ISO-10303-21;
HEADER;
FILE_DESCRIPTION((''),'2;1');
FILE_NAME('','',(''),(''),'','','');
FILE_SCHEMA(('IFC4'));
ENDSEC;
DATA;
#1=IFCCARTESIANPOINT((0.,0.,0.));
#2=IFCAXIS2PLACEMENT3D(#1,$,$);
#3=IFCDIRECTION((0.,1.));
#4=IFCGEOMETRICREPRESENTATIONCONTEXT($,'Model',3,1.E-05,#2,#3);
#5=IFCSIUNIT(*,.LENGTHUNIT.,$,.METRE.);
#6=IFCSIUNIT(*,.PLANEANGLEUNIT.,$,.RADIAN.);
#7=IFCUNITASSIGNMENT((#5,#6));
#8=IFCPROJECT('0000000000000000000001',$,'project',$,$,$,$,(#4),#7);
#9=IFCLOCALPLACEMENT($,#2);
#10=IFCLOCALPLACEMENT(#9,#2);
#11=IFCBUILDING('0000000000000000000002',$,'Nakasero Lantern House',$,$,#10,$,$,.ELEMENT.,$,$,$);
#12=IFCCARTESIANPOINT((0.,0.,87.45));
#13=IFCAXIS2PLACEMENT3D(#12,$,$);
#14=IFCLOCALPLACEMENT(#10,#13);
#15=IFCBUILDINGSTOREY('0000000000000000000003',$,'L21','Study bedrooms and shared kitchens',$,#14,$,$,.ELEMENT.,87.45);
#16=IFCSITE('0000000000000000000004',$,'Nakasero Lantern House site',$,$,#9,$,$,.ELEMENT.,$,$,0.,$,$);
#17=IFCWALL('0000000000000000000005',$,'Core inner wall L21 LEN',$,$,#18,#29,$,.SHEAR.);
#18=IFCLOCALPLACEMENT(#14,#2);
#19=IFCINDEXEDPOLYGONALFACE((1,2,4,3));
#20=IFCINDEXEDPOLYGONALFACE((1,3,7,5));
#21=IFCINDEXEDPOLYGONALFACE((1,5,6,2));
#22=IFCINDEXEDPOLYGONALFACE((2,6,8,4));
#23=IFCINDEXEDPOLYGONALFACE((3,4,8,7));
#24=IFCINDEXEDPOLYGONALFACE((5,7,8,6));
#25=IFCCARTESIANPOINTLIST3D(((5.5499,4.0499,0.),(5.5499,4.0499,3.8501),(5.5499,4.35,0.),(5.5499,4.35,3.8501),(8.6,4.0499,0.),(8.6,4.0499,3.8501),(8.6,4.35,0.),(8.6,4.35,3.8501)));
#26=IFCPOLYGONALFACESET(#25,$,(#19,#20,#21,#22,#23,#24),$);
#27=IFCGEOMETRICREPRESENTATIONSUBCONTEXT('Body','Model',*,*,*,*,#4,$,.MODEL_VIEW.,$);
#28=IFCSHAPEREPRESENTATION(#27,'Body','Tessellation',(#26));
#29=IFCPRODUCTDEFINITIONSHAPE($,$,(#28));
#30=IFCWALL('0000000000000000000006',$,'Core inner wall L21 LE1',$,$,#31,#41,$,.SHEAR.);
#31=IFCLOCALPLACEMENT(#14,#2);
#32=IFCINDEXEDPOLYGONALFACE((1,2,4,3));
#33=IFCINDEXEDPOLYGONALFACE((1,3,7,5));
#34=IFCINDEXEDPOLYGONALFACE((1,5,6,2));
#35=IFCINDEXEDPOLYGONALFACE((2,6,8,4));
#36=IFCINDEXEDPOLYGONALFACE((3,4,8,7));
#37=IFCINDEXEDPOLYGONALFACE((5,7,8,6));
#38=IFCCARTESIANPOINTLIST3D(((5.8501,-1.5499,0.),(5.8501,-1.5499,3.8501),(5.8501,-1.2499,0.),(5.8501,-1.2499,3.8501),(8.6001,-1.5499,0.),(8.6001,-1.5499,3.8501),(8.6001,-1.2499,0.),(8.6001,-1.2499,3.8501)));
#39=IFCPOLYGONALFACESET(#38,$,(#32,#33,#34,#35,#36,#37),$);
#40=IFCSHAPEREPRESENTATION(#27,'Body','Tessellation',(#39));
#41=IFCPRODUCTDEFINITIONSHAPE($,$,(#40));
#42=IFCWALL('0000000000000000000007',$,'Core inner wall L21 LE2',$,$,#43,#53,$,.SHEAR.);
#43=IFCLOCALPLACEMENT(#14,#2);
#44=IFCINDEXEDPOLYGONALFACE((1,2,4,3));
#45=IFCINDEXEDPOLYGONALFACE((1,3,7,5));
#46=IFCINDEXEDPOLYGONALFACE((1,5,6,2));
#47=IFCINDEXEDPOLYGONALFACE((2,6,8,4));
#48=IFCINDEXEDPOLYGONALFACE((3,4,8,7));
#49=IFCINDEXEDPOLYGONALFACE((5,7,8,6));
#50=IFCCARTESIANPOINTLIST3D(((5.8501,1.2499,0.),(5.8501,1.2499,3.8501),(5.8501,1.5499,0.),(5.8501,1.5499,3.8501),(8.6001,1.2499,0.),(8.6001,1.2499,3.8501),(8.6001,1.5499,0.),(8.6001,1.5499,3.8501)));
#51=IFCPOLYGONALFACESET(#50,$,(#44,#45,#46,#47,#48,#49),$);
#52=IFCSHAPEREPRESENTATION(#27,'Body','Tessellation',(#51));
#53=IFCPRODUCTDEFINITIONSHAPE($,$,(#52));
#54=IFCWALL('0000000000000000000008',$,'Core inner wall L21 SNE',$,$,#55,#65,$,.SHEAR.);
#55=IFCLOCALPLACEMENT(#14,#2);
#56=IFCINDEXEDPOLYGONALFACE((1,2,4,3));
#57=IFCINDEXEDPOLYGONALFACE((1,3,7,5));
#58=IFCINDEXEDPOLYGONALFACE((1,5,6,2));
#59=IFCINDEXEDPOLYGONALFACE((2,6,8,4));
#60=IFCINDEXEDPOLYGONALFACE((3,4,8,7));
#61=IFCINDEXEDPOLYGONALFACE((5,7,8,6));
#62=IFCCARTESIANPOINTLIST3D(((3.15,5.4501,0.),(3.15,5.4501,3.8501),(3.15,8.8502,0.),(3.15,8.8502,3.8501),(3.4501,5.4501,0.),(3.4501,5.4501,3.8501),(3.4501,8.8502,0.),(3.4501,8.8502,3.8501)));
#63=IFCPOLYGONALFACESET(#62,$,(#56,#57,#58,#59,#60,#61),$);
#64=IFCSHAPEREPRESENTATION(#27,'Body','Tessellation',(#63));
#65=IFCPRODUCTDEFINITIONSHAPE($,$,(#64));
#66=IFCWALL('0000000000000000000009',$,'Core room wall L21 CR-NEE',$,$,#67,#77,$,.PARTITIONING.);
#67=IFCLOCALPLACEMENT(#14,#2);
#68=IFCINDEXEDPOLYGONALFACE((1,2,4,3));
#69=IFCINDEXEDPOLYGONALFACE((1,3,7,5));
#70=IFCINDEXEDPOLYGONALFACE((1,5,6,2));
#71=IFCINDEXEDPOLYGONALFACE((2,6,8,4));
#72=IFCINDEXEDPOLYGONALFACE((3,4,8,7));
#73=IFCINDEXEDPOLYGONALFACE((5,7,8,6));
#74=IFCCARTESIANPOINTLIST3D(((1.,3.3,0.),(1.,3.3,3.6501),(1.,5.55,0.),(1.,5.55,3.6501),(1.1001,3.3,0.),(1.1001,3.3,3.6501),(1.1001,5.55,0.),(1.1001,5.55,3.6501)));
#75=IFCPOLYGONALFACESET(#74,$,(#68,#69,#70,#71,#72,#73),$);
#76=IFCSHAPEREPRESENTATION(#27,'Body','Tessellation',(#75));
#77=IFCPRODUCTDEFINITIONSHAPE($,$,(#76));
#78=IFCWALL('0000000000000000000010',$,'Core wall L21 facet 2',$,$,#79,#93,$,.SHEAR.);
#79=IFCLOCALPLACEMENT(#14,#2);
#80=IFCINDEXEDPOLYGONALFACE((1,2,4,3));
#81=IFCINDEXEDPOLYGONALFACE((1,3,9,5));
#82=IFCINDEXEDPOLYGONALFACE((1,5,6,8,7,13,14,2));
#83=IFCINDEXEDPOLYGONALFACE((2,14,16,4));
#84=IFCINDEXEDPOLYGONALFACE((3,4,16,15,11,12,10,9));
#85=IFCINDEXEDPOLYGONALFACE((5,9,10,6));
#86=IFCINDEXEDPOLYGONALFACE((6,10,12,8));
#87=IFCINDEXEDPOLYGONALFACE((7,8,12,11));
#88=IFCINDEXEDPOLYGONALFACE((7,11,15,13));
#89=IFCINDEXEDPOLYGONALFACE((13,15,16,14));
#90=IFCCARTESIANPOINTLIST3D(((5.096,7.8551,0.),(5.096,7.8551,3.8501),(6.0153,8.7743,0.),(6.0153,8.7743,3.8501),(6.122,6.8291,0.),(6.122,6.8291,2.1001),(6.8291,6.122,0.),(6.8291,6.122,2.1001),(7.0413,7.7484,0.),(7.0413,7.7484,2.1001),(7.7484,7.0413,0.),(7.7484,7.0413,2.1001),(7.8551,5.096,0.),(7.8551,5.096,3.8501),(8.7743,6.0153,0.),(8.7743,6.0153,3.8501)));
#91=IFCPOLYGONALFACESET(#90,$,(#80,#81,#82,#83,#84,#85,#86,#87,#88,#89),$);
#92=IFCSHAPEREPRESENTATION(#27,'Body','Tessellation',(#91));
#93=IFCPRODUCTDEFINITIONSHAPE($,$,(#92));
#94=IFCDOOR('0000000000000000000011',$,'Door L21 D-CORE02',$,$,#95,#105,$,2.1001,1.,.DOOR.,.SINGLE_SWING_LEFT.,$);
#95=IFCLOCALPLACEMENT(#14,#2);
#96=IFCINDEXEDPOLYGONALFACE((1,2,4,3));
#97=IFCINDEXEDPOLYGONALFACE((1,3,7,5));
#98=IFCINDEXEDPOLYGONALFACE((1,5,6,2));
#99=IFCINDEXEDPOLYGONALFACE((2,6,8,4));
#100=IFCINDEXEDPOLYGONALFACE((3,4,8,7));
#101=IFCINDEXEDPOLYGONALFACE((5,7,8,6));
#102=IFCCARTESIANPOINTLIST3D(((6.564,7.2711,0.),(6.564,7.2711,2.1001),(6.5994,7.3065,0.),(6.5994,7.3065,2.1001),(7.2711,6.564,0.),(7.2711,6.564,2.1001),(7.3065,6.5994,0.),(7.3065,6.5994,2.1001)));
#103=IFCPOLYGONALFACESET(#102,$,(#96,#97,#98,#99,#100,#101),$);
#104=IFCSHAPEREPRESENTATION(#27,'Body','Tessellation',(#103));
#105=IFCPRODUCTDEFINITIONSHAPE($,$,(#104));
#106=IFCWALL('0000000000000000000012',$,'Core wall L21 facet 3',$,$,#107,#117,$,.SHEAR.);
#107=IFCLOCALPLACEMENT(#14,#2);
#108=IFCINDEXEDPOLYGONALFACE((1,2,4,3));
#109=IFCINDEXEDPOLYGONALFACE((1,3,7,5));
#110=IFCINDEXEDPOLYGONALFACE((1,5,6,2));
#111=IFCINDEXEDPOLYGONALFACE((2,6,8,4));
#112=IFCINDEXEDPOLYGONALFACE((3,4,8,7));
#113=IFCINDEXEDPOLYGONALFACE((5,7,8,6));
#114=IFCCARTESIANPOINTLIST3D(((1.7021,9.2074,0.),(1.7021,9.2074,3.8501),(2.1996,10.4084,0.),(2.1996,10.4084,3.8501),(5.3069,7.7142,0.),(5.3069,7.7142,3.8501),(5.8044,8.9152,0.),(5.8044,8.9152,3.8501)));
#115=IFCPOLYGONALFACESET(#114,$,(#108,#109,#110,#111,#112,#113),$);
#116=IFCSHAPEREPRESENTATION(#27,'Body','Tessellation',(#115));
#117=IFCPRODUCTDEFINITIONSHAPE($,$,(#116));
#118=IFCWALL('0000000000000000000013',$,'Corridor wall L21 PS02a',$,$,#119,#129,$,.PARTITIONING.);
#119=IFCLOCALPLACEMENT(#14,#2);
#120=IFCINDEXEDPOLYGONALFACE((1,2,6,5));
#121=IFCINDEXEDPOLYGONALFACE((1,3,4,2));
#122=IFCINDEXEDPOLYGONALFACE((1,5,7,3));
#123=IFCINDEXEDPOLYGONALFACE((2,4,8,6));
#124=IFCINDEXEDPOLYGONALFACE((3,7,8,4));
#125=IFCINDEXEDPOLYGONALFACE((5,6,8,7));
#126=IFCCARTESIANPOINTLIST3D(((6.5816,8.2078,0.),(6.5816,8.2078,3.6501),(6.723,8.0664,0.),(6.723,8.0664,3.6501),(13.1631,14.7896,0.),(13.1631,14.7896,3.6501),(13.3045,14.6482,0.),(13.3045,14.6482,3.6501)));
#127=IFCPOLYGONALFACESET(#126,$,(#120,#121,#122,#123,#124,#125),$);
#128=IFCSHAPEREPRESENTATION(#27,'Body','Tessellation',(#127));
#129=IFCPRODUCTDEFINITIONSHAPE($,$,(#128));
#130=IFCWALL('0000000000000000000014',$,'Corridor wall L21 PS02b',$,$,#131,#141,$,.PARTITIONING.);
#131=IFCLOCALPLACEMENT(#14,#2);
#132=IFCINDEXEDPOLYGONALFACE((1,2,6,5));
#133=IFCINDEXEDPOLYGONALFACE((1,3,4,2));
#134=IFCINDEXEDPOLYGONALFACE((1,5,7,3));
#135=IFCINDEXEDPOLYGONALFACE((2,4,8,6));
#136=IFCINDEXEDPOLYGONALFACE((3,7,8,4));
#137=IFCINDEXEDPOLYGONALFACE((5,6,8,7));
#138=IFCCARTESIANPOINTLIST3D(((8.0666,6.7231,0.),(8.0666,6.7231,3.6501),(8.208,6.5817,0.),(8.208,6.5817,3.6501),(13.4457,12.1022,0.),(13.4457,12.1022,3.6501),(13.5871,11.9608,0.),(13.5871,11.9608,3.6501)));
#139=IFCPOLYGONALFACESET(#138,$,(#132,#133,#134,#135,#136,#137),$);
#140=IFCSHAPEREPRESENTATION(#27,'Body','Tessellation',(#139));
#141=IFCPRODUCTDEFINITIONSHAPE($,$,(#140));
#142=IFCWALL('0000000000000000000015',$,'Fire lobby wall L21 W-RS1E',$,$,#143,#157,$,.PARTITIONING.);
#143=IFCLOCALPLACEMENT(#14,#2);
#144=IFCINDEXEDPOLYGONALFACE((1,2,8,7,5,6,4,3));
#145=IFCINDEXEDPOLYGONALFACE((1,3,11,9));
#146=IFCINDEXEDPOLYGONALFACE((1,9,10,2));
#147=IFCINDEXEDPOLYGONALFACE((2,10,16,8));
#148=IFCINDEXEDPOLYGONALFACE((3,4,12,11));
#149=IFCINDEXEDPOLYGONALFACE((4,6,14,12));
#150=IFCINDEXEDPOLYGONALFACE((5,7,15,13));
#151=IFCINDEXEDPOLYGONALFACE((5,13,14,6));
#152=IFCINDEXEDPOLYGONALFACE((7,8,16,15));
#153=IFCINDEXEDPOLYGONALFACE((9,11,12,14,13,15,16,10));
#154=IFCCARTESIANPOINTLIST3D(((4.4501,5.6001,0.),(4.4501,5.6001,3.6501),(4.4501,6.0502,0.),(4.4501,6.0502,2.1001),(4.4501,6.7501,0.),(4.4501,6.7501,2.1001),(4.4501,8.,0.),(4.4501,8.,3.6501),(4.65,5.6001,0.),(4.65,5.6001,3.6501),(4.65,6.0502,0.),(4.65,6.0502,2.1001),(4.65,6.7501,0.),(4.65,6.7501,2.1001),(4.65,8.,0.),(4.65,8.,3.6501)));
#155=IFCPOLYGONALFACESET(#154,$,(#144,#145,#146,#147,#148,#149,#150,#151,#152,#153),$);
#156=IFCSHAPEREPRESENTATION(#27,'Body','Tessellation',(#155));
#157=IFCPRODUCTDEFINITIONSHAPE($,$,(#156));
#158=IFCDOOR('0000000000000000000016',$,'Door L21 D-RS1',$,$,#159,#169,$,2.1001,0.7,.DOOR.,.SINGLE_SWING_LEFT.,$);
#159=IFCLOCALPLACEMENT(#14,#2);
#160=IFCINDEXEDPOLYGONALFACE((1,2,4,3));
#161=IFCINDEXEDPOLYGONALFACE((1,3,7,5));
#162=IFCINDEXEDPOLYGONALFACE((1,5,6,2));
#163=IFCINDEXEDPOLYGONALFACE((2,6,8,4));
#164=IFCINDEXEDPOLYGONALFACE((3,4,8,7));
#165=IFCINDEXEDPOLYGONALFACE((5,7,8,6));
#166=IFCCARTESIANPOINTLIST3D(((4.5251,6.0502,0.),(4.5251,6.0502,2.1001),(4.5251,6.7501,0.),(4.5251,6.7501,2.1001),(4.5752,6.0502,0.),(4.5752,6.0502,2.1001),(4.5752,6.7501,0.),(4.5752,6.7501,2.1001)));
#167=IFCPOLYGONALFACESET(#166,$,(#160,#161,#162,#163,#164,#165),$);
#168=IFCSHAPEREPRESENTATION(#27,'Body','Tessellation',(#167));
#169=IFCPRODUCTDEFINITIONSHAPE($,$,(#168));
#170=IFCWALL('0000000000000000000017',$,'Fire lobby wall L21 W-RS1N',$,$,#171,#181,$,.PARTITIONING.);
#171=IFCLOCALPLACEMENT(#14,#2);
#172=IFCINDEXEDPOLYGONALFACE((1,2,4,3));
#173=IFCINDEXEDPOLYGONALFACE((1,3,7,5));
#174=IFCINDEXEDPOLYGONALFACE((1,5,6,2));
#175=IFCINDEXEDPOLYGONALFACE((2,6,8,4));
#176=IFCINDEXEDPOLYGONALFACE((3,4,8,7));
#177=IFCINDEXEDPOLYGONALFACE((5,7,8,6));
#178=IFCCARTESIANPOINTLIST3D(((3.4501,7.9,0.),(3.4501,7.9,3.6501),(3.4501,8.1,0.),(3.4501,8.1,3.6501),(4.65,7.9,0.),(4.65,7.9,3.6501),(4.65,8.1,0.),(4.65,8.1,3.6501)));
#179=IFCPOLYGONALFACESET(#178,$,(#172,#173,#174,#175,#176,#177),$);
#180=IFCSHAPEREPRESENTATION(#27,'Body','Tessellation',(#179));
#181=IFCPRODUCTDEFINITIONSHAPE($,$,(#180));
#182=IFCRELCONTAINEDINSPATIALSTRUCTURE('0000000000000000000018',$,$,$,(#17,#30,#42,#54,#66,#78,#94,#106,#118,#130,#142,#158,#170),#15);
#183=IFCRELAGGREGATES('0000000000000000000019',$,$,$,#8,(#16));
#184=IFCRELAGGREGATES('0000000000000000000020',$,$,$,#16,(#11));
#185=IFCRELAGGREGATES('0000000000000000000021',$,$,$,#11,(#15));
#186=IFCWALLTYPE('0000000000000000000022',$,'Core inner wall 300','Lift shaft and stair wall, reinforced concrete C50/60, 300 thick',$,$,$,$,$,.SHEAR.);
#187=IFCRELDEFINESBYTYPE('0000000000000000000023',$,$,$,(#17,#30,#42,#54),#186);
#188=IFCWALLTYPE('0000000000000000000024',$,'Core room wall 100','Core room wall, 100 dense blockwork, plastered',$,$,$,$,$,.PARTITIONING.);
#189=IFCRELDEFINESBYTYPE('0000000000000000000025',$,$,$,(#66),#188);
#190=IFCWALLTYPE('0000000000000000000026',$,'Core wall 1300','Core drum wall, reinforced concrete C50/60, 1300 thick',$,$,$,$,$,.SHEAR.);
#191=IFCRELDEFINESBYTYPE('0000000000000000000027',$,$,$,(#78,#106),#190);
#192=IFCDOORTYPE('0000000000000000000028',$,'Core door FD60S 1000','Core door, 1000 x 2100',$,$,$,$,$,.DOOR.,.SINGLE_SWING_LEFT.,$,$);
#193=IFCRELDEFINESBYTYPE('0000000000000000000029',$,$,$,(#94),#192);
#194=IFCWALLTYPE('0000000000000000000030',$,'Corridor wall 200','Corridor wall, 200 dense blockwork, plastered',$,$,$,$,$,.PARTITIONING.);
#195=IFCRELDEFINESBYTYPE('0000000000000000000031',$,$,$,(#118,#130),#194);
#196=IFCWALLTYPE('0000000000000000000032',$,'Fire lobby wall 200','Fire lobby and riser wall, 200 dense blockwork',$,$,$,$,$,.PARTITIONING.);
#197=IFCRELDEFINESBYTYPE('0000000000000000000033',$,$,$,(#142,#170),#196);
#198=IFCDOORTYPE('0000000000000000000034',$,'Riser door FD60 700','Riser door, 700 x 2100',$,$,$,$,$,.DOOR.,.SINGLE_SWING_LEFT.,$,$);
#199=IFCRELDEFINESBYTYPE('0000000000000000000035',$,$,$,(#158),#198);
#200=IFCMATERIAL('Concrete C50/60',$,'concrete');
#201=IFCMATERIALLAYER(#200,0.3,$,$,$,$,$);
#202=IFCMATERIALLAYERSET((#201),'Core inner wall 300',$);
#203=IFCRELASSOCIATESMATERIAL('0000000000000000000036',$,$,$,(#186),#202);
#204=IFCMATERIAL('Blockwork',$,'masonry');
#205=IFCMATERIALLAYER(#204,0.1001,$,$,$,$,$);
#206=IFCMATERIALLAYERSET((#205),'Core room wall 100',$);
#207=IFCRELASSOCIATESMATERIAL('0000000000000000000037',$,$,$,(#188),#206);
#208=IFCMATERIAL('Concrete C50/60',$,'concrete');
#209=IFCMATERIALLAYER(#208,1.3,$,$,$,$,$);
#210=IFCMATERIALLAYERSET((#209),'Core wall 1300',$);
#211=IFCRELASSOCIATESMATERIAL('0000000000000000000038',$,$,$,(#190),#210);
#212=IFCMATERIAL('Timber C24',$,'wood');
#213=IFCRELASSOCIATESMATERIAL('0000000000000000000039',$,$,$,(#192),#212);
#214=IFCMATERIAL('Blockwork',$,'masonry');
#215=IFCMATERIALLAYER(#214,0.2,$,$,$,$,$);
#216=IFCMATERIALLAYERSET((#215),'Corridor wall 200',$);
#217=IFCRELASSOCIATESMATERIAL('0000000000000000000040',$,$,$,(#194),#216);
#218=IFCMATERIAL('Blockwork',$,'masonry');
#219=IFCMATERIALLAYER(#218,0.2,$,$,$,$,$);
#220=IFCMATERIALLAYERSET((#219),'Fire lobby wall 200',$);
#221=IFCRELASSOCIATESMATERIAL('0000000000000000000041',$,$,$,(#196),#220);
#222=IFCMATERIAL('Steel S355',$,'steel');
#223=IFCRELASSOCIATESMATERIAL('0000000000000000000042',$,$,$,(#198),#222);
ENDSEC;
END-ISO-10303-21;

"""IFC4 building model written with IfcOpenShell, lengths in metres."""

from ifc_helpers import new_model, si_unit, direction, frame, frame_2d, origin, place, context, subcontext, project, spatial, rectangle, extrude, material, layer, layer_set, type_object, element, fill, save


model = new_model("IFC4")

# Units and contexts
model_context = context("Model", 3, precision=1e-05, world=origin(), true_north=direction((0.0, 1.0)))
body_context = subcontext(model_context, "Body", "Model", "MODEL_VIEW")
ifc_project = project(units=[si_unit("LENGTHUNIT", "METRE"), si_unit("PLANEANGLEUNIT", "RADIAN")], contexts=[model_context])

# Site, building, storey
site_placement = place(None, origin())
site = spatial("IfcSite", under=ifc_project, at=site_placement, Name="Nakasero Lantern House site", CompositionType="ELEMENT", RefElevation=0.0)
building_placement = place(site_placement, origin())
building = spatial("IfcBuilding", under=site, at=building_placement, Name="Nakasero Lantern House", CompositionType="ELEMENT")
storey_placement = place(building_placement, frame((0.0, 0.0, 87.45)))
storey = spatial("IfcBuildingStorey", under=building, at=storey_placement, Name="L21", Description="Study bedrooms and shared kitchens", CompositionType="ELEMENT", Elevation=87.45)

# Walls
ifc_material_1 = material(Name="Concrete C50/60", Category="concrete")
ifc_layer_1 = layer(ifc_material_1, 0.3)
ifc_layer_set_1 = layer_set([ifc_layer_1], Name="Core inner wall 300")
wall_type_1 = type_object("IfcWallType", Name="Core inner wall 300", Description="Lift shaft and stair wall, reinforced concrete C50/60, 300 thick", PredefinedType="SHEAR", material=ifc_layer_set_1)
wall_1_placement = place(storey_placement, frame((5.55, 4.2, 0.0), z_axis=(0.0, 0.0, 1.0), x_axis=(1.0, 0.0, 0.0)))
element("IfcWall", 1, at=wall_1_placement, inside=storey, type_object=wall_type_1, Name="Core inner wall L21 LEN", PredefinedType="SHEAR", context=body_context, shape_type="SweptSolid", body=[
    extrude(rectangle(XDim=3.05, YDim=0.3, at=frame_2d((1.5249, 0.0))), origin(), (0.0, 0.0, 1.0), 3.8501),
])
for number, where, z_axis, x_axis, name in (
    (2, (5.8501, -1.3999, 0.0), (0.0, 0.0, 1.0), (1.0, 0.0, 0.0), "Core inner wall L21 LE1"),
    (3, (5.8501, 1.3999, 0.0), (0.0, 0.0, 1.0), (1.0, 0.0, 0.0), "Core inner wall L21 LE2"),
):
    element("IfcWall", number, at=place(storey_placement, frame(where, z_axis=z_axis, x_axis=x_axis)), inside=storey, type_object=wall_type_1, Name=name, PredefinedType="SHEAR", context=body_context, shape_type="SweptSolid", body=[
        extrude(rectangle(XDim=2.75, YDim=0.3, at=frame_2d((1.375, 0.0))), origin(), (0.0, 0.0, 1.0), 3.8501),
    ])
wall_2_placement = place(storey_placement, frame((3.3, 5.45, 0.0), z_axis=(0.0, 0.0, 1.0), x_axis=(0.0, 1.0, 0.0)))
element("IfcWall", 4, at=wall_2_placement, inside=storey, type_object=wall_type_1, Name="Core inner wall L21 SNE", PredefinedType="SHEAR", context=body_context, shape_type="SweptSolid", body=[
    extrude(rectangle(XDim=3.4001, YDim=0.3, at=frame_2d((1.7002, 0.0))), origin(), (0.0, 0.0, 1.0), 3.8501),
])
ifc_material_2 = material(Name="Blockwork", Category="masonry")
ifc_layer_2 = layer(ifc_material_2, 0.1001)
ifc_layer_set_2 = layer_set([ifc_layer_2], Name="Core room wall 100")
wall_type_2 = type_object("IfcWallType", Name="Core room wall 100", Description="Core room wall, 100 dense blockwork, plastered", PredefinedType="PARTITIONING", material=ifc_layer_set_2)
wall_3_placement = place(storey_placement, frame((1.05, 3.3, 0.0), z_axis=(0.0, 0.0, 1.0), x_axis=(0.0, 1.0, 0.0)))
element("IfcWall", 5, at=wall_3_placement, inside=storey, type_object=wall_type_2, Name="Core room wall L21 CR-NEE", PredefinedType="PARTITIONING", context=body_context, shape_type="SweptSolid", body=[
    extrude(rectangle(XDim=2.25, YDim=0.1001, at=frame_2d((1.125, 0.0))), origin(), (0.0, 0.0, 1.0), 3.6501),
])

# Wall, opening, door
ifc_material_3 = material(Name="Concrete C50/60", Category="concrete")
ifc_layer_3 = layer(ifc_material_3, 1.3)
ifc_layer_set_3 = layer_set([ifc_layer_3], Name="Core wall 1300")
wall_type_3 = type_object("IfcWallType", Name="Core wall 1300", Description="Core drum wall, reinforced concrete C50/60, 1300 thick", PredefinedType="SHEAR", material=ifc_layer_set_3)
wall_4_placement = place(storey_placement, frame((8.3147, 5.5557, 0.0), z_axis=(0.0, 0.0, 1.0), x_axis=(-0.707107, 0.707107, 0.0)))
wall_4 = element("IfcWall", 6, at=wall_4_placement, inside=storey, type_object=wall_type_3, Name="Core wall L21 facet 2", PredefinedType="SHEAR", context=body_context, shape_type="SweptSolid", body=[
    extrude(rectangle(XDim=3.9019, YDim=1.3, at=frame_2d((1.9509, 0.0))), origin(), (0.0, 0.0, 1.0), 3.8501),
])
opening_1_placement = place(wall_4_placement, frame((1.4509, 0.0, 0.0)))
opening_1 = element("IfcOpeningElement", 7, at=opening_1_placement, cuts=wall_4, PredefinedType="OPENING", context=body_context, shape_type="SweptSolid", body=[
    extrude(rectangle(XDim=1.0, YDim=2.1001, at=frame_2d((0.5, 1.05))), frame((0.0, 0.6699, 0.0), z_axis=(0.0, -1.0, 0.0), x_axis=(1.0, 0.0, 0.0)), (0.0, 0.0, 1.0), 1.3401),
])
ifc_material_4 = material(Name="Timber C24", Category="wood")
door_type_1 = type_object("IfcDoorType", Name="Core door FD60S 1000", Description="Core door, 1000 x 2100", OperationType="SINGLE_SWING_LEFT", PredefinedType="DOOR", material=ifc_material_4)
door_1_placement = place(opening_1_placement, origin())
door_1 = element("IfcDoor", 8, at=door_1_placement, inside=storey, type_object=door_type_1, Name="Door L21 D-CORE02", OperationType="SINGLE_SWING_LEFT", OverallHeight=2.1001, OverallWidth=1.0, PredefinedType="DOOR", context=body_context, shape_type="SweptSolid", body=[
    extrude(rectangle(XDim=1.0, YDim=2.1001, at=frame_2d((0.5, 1.05))), frame((0.0, 0.0249, 0.0), z_axis=(0.0, -1.0, 0.0), x_axis=(1.0, 0.0, 0.0)), (0.0, 0.0, 1.0), 0.05),
])
fill(opening_1, door_1)

# Walls
wall_5_placement = place(storey_placement, frame((5.5557, 8.3147, 0.0), z_axis=(0.0, 0.0, 1.0), x_axis=(-0.923877, 0.382691, 0.0)))
element("IfcWall", 9, at=wall_5_placement, inside=storey, type_object=wall_type_3, Name="Core wall L21 facet 3", PredefinedType="SHEAR", context=body_context, shape_type="SweptSolid", body=[
    extrude(rectangle(XDim=3.9019, YDim=1.3, at=frame_2d((1.9509, 0.0))), origin(), (0.0, 0.0, 1.0), 3.8501),
])
ifc_material_5 = material(Name="Blockwork", Category="masonry")
ifc_layer_4 = layer(ifc_material_5, 0.2)
ifc_layer_set_4 = layer_set([ifc_layer_4], Name="Corridor wall 200")
wall_type_4 = type_object("IfcWallType", Name="Corridor wall 200", Description="Corridor wall, 200 dense blockwork, plastered", PredefinedType="PARTITIONING", material=ifc_layer_set_4)
wall_6_placement = place(storey_placement, frame((6.6523, 8.1372, 0.0), z_axis=(0.0, 0.0, 1.0), x_axis=(0.707094, 0.70712, 0.0)))
element("IfcWall", 10, at=wall_6_placement, inside=storey, type_object=wall_type_4, Name="Corridor wall L21 PS02a", PredefinedType="PARTITIONING", context=body_context, shape_type="SweptSolid", body=[
    extrude(rectangle(XDim=9.3079, YDim=0.2, at=frame_2d((4.6538, 0.0))), origin(), (0.0, 0.0, 1.0), 3.6501),
])
wall_7_placement = place(storey_placement, frame((8.1372, 6.6523, 0.0), z_axis=(0.0, 0.0, 1.0), x_axis=(0.707107, 0.707107, 0.0)))
element("IfcWall", 11, at=wall_7_placement, inside=storey, type_object=wall_type_4, Name="Corridor wall L21 PS02b", PredefinedType="PARTITIONING", context=body_context, shape_type="SweptSolid", body=[
    extrude(rectangle(XDim=7.6072, YDim=0.2, at=frame_2d((3.8037, 0.0))), origin(), (0.0, 0.0, 1.0), 3.6501),
])

# Wall, opening, door
ifc_material_6 = material(Name="Blockwork", Category="masonry")
ifc_layer_5 = layer(ifc_material_6, 0.2)
ifc_layer_set_5 = layer_set([ifc_layer_5], Name="Fire lobby wall 200")
wall_type_5 = type_object("IfcWallType", Name="Fire lobby wall 200", Description="Fire lobby and riser wall, 200 dense blockwork", PredefinedType="PARTITIONING", material=ifc_layer_set_5)
wall_8_placement = place(storey_placement, frame((4.55, 5.6001, 0.0), z_axis=(0.0, 0.0, 1.0), x_axis=(0.0, 1.0, 0.0)))
wall_8 = element("IfcWall", 12, at=wall_8_placement, inside=storey, type_object=wall_type_5, Name="Fire lobby wall L21 W-RS1E", PredefinedType="PARTITIONING", context=body_context, shape_type="SweptSolid", body=[
    extrude(rectangle(XDim=2.3999, YDim=0.2, at=frame_2d((1.2, 0.0))), origin(), (0.0, 0.0, 1.0), 3.6501),
])
opening_2_placement = place(wall_8_placement, frame((0.45, 0.0, 0.0)))
opening_2 = element("IfcOpeningElement", 13, at=opening_2_placement, cuts=wall_8, PredefinedType="OPENING", context=body_context, shape_type="SweptSolid", body=[
    extrude(rectangle(XDim=0.7, YDim=2.1001, at=frame_2d((0.3501, 1.05))), frame((0.0, 0.1199, 0.0), z_axis=(0.0, -1.0, 0.0), x_axis=(1.0, 0.0, 0.0)), (0.0, 0.0, 1.0), 0.24),
])
ifc_material_7 = material(Name="Steel S355", Category="steel")
door_type_2 = type_object("IfcDoorType", Name="Riser door FD60 700", Description="Riser door, 700 x 2100", OperationType="SINGLE_SWING_LEFT", PredefinedType="DOOR", material=ifc_material_7)
door_2_placement = place(opening_2_placement, origin())
door_2 = element("IfcDoor", 14, at=door_2_placement, inside=storey, type_object=door_type_2, Name="Door L21 D-RS1", OperationType="SINGLE_SWING_LEFT", OverallHeight=2.1001, OverallWidth=0.7, PredefinedType="DOOR", context=body_context, shape_type="SweptSolid", body=[
    extrude(rectangle(XDim=0.7, YDim=2.1001, at=frame_2d((0.3501, 1.05))), frame((0.0, 0.0249, 0.0), z_axis=(0.0, -1.0, 0.0), x_axis=(1.0, 0.0, 0.0)), (0.0, 0.0, 1.0), 0.05),
])
fill(opening_2, door_2)

# Wall
for number, where, z_axis, x_axis, name in (
    (15, (3.45, 8.0, 0.0), (0.0, 0.0, 1.0), (1.0, 0.0, 0.0), "Fire lobby wall L21 W-RS1N"),
):
    element("IfcWall", number, at=place(storey_placement, frame(where, z_axis=z_axis, x_axis=x_axis)), inside=storey, type_object=wall_type_5, Name=name, PredefinedType="PARTITIONING", context=body_context, shape_type="SweptSolid", body=[
        extrude(rectangle(XDim=1.2, YDim=0.2, at=frame_2d((0.6001, 0.0))), origin(), (0.0, 0.0, 1.0), 3.6501),
    ])

save(model, "model.ifc")
